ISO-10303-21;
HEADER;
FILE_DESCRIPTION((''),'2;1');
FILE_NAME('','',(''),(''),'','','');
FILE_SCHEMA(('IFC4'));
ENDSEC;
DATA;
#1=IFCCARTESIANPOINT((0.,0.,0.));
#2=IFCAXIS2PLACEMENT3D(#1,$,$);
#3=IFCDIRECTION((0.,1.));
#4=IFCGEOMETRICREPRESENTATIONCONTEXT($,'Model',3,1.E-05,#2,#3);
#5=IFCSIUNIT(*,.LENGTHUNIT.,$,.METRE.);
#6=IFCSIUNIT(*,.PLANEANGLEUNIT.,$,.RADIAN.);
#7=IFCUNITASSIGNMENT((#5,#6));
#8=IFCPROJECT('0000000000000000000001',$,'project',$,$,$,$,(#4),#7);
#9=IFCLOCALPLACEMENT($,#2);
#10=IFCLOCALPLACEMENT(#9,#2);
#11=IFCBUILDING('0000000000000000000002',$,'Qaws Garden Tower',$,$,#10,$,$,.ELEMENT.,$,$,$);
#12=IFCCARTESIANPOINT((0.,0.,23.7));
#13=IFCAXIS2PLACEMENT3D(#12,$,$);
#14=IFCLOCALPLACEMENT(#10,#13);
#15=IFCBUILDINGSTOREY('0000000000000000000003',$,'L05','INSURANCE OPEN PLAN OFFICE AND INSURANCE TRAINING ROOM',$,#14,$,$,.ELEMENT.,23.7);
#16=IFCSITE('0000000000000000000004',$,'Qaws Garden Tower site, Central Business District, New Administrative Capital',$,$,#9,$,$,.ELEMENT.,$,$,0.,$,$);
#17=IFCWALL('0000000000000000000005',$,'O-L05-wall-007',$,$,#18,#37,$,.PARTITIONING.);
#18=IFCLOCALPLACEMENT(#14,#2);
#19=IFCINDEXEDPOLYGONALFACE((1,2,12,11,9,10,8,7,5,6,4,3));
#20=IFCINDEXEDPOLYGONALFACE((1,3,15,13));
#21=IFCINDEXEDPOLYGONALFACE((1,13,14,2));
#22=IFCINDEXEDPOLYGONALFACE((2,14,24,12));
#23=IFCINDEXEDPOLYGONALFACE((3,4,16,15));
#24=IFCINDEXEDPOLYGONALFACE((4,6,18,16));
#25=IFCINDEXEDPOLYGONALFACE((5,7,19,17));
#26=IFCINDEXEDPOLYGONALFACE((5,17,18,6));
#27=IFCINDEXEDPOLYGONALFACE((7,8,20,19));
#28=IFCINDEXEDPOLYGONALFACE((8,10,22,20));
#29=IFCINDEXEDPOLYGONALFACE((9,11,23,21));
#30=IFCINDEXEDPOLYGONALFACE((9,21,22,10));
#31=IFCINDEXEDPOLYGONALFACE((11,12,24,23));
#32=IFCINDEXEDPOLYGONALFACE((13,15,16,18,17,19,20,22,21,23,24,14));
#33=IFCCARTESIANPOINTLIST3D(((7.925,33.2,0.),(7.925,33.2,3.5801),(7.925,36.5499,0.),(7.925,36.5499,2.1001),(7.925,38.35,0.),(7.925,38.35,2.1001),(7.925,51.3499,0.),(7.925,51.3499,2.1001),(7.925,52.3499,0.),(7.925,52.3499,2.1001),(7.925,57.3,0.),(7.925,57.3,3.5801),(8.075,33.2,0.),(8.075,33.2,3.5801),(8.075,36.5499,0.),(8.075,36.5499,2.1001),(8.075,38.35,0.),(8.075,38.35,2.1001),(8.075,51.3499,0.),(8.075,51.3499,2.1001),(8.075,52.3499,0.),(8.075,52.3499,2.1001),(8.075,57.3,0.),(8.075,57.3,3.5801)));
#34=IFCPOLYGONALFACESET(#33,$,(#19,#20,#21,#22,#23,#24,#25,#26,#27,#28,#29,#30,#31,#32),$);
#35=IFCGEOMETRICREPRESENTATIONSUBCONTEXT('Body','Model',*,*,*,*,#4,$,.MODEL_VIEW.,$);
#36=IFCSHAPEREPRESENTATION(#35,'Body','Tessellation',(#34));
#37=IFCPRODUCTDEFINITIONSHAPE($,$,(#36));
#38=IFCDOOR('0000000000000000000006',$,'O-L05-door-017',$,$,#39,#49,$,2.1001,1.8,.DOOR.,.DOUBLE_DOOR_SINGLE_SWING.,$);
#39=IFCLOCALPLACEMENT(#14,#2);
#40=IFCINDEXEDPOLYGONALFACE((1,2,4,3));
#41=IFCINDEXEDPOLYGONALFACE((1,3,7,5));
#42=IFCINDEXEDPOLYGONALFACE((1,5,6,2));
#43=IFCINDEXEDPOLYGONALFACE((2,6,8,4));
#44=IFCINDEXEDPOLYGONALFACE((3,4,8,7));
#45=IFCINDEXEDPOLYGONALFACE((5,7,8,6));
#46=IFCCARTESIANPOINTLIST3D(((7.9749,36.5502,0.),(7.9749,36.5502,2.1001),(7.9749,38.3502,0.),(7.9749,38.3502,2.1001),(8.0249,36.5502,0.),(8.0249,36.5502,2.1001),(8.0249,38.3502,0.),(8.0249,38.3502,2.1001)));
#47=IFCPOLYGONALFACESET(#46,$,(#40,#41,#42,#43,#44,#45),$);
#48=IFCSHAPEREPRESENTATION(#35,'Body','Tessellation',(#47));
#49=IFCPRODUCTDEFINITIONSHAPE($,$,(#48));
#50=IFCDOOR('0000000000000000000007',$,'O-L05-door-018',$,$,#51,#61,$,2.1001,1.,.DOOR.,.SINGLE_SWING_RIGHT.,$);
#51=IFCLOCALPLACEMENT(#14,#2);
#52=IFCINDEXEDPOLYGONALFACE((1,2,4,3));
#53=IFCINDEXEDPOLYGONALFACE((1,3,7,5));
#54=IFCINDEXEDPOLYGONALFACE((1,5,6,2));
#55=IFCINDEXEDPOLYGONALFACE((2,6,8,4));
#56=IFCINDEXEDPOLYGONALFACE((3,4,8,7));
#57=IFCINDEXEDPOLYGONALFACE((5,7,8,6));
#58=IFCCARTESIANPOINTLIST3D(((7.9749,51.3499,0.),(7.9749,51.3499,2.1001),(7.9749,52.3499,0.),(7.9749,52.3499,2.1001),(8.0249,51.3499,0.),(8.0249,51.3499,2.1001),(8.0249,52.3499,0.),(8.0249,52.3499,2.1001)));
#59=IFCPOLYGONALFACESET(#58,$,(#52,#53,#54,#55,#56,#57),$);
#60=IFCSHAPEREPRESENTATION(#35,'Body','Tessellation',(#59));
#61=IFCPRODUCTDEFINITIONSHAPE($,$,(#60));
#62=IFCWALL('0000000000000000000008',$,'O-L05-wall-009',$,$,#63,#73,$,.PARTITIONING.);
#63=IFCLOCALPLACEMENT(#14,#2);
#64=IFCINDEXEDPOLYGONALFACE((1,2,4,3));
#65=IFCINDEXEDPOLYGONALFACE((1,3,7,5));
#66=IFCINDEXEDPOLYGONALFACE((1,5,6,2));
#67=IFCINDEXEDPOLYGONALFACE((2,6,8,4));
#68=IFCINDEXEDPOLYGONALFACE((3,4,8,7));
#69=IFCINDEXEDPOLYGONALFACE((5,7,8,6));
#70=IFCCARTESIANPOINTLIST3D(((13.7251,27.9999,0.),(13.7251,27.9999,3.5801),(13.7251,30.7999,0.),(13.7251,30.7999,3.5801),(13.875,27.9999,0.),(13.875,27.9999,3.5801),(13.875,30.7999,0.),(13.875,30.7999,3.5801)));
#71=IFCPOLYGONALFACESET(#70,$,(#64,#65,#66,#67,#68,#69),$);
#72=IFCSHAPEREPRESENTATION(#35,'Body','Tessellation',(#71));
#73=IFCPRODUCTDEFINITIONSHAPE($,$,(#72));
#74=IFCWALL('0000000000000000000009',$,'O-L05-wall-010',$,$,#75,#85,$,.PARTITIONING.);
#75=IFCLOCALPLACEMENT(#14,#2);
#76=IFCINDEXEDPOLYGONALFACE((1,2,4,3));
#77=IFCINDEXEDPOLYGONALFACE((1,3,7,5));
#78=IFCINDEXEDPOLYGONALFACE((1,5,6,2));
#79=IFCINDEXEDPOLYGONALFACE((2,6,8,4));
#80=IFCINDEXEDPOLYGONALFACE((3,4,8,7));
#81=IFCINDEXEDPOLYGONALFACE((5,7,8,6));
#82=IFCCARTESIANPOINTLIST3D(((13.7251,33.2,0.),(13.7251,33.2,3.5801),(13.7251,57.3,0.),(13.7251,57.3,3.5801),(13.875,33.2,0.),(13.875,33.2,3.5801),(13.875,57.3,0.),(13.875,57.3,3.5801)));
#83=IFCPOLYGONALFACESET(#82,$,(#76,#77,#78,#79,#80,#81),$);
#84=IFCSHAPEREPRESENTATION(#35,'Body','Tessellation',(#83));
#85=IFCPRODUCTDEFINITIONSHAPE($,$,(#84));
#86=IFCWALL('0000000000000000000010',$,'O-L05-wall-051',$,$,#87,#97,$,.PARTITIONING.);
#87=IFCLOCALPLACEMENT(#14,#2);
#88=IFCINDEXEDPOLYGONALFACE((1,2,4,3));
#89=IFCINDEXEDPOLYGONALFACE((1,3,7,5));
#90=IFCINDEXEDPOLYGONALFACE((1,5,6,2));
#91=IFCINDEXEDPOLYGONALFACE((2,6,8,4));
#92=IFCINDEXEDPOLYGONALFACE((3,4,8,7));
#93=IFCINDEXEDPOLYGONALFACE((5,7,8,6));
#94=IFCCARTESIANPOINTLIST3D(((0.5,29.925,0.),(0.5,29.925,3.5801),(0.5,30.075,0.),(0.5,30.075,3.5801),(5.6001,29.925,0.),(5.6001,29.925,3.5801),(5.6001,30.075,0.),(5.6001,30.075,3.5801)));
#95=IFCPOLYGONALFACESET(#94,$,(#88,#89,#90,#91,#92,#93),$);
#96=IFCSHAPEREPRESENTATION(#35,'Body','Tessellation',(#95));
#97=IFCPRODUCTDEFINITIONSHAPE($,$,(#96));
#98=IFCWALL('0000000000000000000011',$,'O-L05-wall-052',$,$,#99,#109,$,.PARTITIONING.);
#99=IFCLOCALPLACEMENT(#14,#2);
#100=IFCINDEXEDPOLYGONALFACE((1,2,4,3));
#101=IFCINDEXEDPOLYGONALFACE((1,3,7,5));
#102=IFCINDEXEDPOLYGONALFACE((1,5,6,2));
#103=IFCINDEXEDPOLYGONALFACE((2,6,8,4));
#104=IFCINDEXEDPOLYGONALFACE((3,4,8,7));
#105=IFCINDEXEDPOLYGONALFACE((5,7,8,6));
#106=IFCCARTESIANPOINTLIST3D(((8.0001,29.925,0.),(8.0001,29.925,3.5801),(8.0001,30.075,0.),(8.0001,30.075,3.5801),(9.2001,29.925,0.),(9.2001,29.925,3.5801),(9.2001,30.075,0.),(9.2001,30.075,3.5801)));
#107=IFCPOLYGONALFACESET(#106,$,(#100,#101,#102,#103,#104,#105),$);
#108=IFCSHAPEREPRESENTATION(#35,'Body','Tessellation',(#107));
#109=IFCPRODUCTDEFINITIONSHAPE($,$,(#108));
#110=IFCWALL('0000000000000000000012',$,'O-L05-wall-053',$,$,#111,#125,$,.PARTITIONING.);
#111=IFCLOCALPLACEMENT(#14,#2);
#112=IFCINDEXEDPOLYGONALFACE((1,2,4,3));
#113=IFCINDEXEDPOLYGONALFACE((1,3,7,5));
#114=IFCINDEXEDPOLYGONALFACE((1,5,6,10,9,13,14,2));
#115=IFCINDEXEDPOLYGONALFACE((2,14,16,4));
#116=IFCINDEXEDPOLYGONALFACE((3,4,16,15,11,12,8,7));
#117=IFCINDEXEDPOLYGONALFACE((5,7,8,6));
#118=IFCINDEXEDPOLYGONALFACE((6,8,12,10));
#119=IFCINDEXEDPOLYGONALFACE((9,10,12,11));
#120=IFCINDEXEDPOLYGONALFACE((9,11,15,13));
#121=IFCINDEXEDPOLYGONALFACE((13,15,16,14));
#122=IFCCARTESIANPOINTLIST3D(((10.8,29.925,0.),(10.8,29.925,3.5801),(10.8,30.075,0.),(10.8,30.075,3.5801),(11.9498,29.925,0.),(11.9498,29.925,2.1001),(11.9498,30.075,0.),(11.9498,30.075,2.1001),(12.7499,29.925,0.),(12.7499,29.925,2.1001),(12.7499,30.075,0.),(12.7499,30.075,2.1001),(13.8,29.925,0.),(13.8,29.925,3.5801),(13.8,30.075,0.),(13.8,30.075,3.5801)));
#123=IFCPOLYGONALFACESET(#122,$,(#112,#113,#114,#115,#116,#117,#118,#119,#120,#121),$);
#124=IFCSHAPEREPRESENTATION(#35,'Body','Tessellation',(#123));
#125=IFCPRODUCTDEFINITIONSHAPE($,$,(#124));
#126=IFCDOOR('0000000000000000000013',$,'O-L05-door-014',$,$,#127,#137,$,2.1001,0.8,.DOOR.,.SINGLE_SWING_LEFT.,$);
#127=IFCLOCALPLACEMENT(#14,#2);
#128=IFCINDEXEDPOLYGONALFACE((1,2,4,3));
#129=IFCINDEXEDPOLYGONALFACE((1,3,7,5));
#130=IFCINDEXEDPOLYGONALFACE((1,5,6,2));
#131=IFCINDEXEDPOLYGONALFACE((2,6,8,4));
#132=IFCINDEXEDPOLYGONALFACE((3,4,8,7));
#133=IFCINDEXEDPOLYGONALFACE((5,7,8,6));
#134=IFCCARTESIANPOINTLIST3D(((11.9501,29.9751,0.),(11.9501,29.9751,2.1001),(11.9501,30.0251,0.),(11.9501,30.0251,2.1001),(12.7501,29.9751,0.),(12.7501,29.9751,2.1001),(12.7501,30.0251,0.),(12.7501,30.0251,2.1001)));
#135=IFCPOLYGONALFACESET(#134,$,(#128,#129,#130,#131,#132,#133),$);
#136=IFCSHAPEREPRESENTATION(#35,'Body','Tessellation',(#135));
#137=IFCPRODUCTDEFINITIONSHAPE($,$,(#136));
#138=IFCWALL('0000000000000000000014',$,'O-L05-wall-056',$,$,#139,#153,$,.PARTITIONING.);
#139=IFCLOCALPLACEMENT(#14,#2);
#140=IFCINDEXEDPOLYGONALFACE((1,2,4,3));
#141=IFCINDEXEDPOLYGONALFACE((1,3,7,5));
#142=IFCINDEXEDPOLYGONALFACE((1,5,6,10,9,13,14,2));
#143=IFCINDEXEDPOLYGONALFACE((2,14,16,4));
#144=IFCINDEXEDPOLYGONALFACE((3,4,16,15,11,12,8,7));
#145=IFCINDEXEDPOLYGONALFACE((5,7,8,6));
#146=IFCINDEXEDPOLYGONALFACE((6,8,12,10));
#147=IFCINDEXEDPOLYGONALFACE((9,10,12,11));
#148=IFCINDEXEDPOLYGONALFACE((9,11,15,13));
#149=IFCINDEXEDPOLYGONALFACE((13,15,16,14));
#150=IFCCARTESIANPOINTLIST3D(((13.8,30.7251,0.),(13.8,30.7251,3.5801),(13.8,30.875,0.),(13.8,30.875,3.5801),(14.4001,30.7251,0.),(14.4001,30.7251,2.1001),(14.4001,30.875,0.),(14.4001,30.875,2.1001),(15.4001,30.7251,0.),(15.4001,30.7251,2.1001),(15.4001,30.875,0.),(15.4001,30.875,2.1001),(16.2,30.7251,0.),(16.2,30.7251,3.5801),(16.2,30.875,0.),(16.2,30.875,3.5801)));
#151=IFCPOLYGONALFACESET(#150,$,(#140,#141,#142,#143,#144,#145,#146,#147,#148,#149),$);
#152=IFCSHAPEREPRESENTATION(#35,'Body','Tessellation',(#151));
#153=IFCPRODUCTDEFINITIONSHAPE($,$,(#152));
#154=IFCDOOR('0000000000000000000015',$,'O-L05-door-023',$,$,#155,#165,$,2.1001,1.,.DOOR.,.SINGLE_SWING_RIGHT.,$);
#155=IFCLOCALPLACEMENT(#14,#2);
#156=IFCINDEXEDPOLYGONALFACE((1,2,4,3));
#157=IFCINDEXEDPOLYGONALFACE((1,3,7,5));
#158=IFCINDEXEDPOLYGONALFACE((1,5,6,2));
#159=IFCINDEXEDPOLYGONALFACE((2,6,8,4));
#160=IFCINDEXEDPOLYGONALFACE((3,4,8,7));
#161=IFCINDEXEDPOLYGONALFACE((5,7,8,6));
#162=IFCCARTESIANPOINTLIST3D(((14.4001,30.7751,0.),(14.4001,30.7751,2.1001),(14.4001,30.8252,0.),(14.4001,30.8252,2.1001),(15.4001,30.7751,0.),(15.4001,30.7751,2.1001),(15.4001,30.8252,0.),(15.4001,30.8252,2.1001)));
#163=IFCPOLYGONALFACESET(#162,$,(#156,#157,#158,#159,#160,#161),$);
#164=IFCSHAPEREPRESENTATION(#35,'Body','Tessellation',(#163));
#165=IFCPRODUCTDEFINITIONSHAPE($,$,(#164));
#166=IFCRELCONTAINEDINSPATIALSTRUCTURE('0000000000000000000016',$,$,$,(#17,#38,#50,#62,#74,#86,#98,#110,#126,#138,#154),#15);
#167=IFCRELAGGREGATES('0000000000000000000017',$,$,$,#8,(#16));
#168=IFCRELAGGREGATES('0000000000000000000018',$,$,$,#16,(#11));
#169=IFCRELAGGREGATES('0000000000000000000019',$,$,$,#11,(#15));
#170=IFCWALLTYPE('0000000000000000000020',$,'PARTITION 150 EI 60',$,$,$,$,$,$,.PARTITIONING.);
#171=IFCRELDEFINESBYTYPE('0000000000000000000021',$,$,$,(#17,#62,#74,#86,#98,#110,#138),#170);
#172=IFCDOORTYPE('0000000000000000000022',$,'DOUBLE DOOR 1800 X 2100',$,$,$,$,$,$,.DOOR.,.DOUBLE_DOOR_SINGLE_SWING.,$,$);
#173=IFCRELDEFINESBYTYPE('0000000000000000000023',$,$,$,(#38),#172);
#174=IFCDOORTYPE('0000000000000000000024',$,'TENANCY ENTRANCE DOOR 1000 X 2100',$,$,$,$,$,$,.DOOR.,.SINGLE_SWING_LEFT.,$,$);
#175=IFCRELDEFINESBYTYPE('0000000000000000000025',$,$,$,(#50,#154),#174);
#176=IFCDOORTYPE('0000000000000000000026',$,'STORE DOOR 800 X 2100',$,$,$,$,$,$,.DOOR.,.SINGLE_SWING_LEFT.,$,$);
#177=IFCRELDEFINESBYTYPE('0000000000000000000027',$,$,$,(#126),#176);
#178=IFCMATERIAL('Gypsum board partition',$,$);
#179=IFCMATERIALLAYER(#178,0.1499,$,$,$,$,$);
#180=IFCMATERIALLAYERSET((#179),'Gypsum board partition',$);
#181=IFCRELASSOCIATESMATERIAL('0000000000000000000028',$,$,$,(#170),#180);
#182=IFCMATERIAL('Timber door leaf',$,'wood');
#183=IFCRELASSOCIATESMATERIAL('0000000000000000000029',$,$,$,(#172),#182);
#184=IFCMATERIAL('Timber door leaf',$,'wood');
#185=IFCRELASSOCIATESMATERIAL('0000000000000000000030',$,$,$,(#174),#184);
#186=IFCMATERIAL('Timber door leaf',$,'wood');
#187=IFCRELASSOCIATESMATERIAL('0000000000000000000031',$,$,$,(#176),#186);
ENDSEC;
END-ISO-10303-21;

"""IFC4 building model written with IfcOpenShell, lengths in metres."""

from ifc_helpers import new_model, si_unit, direction, frame, frame_2d, origin, place, context, subcontext, project, spatial, rectangle, extrude, material, layer, layer_set, type_object, element, fill, save


model = new_model("IFC4")

# Units and contexts
model_context = context("Model", 3, precision=1e-05, world=origin(), true_north=direction((0.0, 1.0)))
body_context = subcontext(model_context, "Body", "Model", "MODEL_VIEW")
ifc_project = project(units=[si_unit("LENGTHUNIT", "METRE"), si_unit("PLANEANGLEUNIT", "RADIAN")], contexts=[model_context])

# Site, building, storey
site_placement = place(None, origin())
site = spatial("IfcSite", under=ifc_project, at=site_placement, Name="Qaws Garden Tower site, Central Business District, New Administrative Capital", CompositionType="ELEMENT", RefElevation=0.0)
building_placement = place(site_placement, origin())
building = spatial("IfcBuilding", under=site, at=building_placement, Name="Qaws Garden Tower", CompositionType="ELEMENT")
storey_placement = place(building_placement, frame((0.0, 0.0, 23.7)))
storey = spatial("IfcBuildingStorey", under=building, at=storey_placement, Name="L05", Description="INSURANCE OPEN PLAN OFFICE AND INSURANCE TRAINING ROOM", CompositionType="ELEMENT", Elevation=23.7)

# Wall, openings, doors
ifc_material_1 = material(Name="Gypsum board partition")
ifc_layer_1 = layer(ifc_material_1, 0.1499)
ifc_layer_set_1 = layer_set([ifc_layer_1], Name="Gypsum board partition")
wall_type_1 = type_object("IfcWallType", Name="PARTITION 150 EI 60", PredefinedType="PARTITIONING", material=ifc_layer_set_1)
wall_1_placement = place(storey_placement, frame((8.0, 33.2, 0.0), z_axis=(0.0, 0.0, 1.0), x_axis=(0.0, 1.0, 0.0)))
wall_1 = element("IfcWall", 1, at=wall_1_placement, inside=storey, type_object=wall_type_1, Name="O-L05-wall-007", PredefinedType="PARTITIONING", context=body_context, shape_type="SweptSolid", body=[
    extrude(rectangle(XDim=24.1001, YDim=0.1499, at=frame_2d((12.05, 0.0))), origin(), (0.0, 0.0, 1.0), 3.5801),
])
opening_1_placement = place(wall_1_placement, frame((3.3501, 0.0, 0.0)))
opening_1 = element("IfcOpeningElement", 2, at=opening_1_placement, cuts=wall_1, PredefinedType="OPENING", context=body_context, shape_type="SweptSolid", body=[
    extrude(rectangle(XDim=1.8, YDim=2.1001, at=frame_2d((0.8999, 1.05))), frame((0.0, 0.085, 0.0), z_axis=(0.0, -1.0, 0.0), x_axis=(1.0, 0.0, 0.0)), (0.0, 0.0, 1.0), 0.1699),
])
opening_2_placement = place(wall_1_placement, frame((18.1499, 0.0, 0.0)))
opening_2 = element("IfcOpeningElement", 3, at=opening_2_placement, cuts=wall_1, PredefinedType="OPENING", context=body_context, shape_type="SweptSolid", body=[
    extrude(rectangle(XDim=1.0, YDim=2.1001, at=frame_2d((0.5, 1.05))), frame((0.0, 0.085, 0.0), z_axis=(0.0, -1.0, 0.0), x_axis=(1.0, 0.0, 0.0)), (0.0, 0.0, 1.0), 0.1699),
])
ifc_material_2 = material(Name="Timber door leaf", Category="wood")
door_type_1 = type_object("IfcDoorType", Name="DOUBLE DOOR 1800 X 2100", OperationType="DOUBLE_DOOR_SINGLE_SWING", PredefinedType="DOOR", material=ifc_material_2)
door_1_placement = place(opening_1_placement, frame((1.8, 0.0, 0.0), z_axis=(0.0, 0.0, 1.0), x_axis=(-1.0, 0.0, 0.0)))
door_1 = element("IfcDoor", 4, at=door_1_placement, inside=storey, type_object=door_type_1, Name="O-L05-door-017", OperationType="DOUBLE_DOOR_SINGLE_SWING", OverallHeight=2.1001, OverallWidth=1.8, PredefinedType="DOOR", context=body_context, shape_type="SweptSolid", body=[
    extrude(rectangle(XDim=1.8, YDim=2.1001, at=frame_2d((0.8999, 1.05))), frame((0.0, 0.0249, 0.0), z_axis=(0.0, -1.0, 0.0), x_axis=(1.0, 0.0, 0.0)), (0.0, 0.0, 1.0), 0.05),
])
fill(opening_1, door_1)
ifc_material_3 = material(Name="Timber door leaf", Category="wood")
door_type_2 = type_object("IfcDoorType", Name="TENANCY ENTRANCE DOOR 1000 X 2100", OperationType="SINGLE_SWING_LEFT", PredefinedType="DOOR", material=ifc_material_3)
door_2_placement = place(opening_2_placement, frame((1.0, 0.0, 0.0), z_axis=(0.0, 0.0, 1.0), x_axis=(-1.0, 0.0, 0.0)))
door_2 = element("IfcDoor", 5, at=door_2_placement, inside=storey, type_object=door_type_2, Name="O-L05-door-018", OperationType="SINGLE_SWING_RIGHT", OverallHeight=2.1001, OverallWidth=1.0, PredefinedType="DOOR", context=body_context, shape_type="SweptSolid", body=[
    extrude(rectangle(XDim=1.0, YDim=2.1001, at=frame_2d((0.5, 1.05))), frame((0.0, 0.0249, 0.0), z_axis=(0.0, -1.0, 0.0), x_axis=(1.0, 0.0, 0.0)), (0.0, 0.0, 1.0), 0.05),
])
fill(opening_2, door_2)

# Walls
wall_2_placement = place(storey_placement, frame((13.8, 28.0, 0.0), z_axis=(0.0, 0.0, 1.0), x_axis=(0.0, 1.0, 0.0)))
element("IfcWall", 6, at=wall_2_placement, inside=storey, type_object=wall_type_1, Name="O-L05-wall-009", PredefinedType="PARTITIONING", context=body_context, shape_type="SweptSolid", body=[
    extrude(rectangle(XDim=2.8, YDim=0.1499, at=frame_2d((1.3999, 0.0))), origin(), (0.0, 0.0, 1.0), 3.5801),
])
wall_3_placement = place(storey_placement, frame((13.8, 33.2, 0.0), z_axis=(0.0, 0.0, 1.0), x_axis=(0.0, 1.0, 0.0)))
element("IfcWall", 7, at=wall_3_placement, inside=storey, type_object=wall_type_1, Name="O-L05-wall-010", PredefinedType="PARTITIONING", context=body_context, shape_type="SweptSolid", body=[
    extrude(rectangle(XDim=24.1001, YDim=0.1499, at=frame_2d((12.05, 0.0))), origin(), (0.0, 0.0, 1.0), 3.5801),
])
wall_4_placement = place(storey_placement, frame((0.5, 30.0, 0.0), z_axis=(0.0, 0.0, 1.0), x_axis=(1.0, 0.0, 0.0)))
element("IfcWall", 8, at=wall_4_placement, inside=storey, type_object=wall_type_1, Name="O-L05-wall-051", PredefinedType="PARTITIONING", context=body_context, shape_type="SweptSolid", body=[
    extrude(rectangle(XDim=5.1001, YDim=0.1499, at=frame_2d((2.55, 0.0))), origin(), (0.0, 0.0, 1.0), 3.5801),
])
wall_5_placement = place(storey_placement, frame((8.0, 30.0, 0.0), z_axis=(0.0, 0.0, 1.0), x_axis=(1.0, 0.0, 0.0)))
element("IfcWall", 9, at=wall_5_placement, inside=storey, type_object=wall_type_1, Name="O-L05-wall-052", PredefinedType="PARTITIONING", context=body_context, shape_type="SweptSolid", body=[
    extrude(rectangle(XDim=1.2, YDim=0.1499, at=frame_2d((0.6001, 0.0))), origin(), (0.0, 0.0, 1.0), 3.5801),
])

# Walls, openings, doors
wall_6_placement = place(storey_placement, frame((10.8, 30.0, 0.0), z_axis=(0.0, 0.0, 1.0), x_axis=(1.0, 0.0, 0.0)))
wall_6 = element("IfcWall", 10, at=wall_6_placement, inside=storey, type_object=wall_type_1, Name="O-L05-wall-053", PredefinedType="PARTITIONING", context=body_context, shape_type="SweptSolid", body=[
    extrude(rectangle(XDim=3.0, YDim=0.1499, at=frame_2d((1.5, 0.0))), origin(), (0.0, 0.0, 1.0), 3.5801),
])
opening_3_placement = place(wall_6_placement, frame((1.1499, 0.0, 0.0)))
opening_3 = element("IfcOpeningElement", 11, at=opening_3_placement, cuts=wall_6, PredefinedType="OPENING", context=body_context, shape_type="SweptSolid", body=[
    extrude(rectangle(XDim=0.8, YDim=2.1001, at=frame_2d((0.3999, 1.05))), frame((0.0, 0.085, 0.0), z_axis=(0.0, -1.0, 0.0), x_axis=(1.0, 0.0, 0.0)), (0.0, 0.0, 1.0), 0.1699),
])
ifc_material_4 = material(Name="Timber door leaf", Category="wood")
door_type_3 = type_object("IfcDoorType", Name="STORE DOOR 800 X 2100", OperationType="SINGLE_SWING_LEFT", PredefinedType="DOOR", material=ifc_material_4)
door_3_placement = place(opening_3_placement, frame((0.8, 0.0, 0.0), z_axis=(0.0, 0.0, 1.0), x_axis=(-1.0, 0.0, 0.0)))
door_3 = element("IfcDoor", 12, at=door_3_placement, inside=storey, type_object=door_type_3, Name="O-L05-door-014", OperationType="SINGLE_SWING_LEFT", OverallHeight=2.1001, OverallWidth=0.8, PredefinedType="DOOR", context=body_context, shape_type="SweptSolid", body=[
    extrude(rectangle(XDim=0.8, YDim=2.1001, at=frame_2d((0.3999, 1.05))), frame((0.0, 0.0249, 0.0), z_axis=(0.0, -1.0, 0.0), x_axis=(1.0, 0.0, 0.0)), (0.0, 0.0, 1.0), 0.05),
])
fill(opening_3, door_3)
wall_7_placement = place(storey_placement, frame((13.8, 30.8, 0.0), z_axis=(0.0, 0.0, 1.0), x_axis=(1.0, 0.0, 0.0)))
wall_7 = element("IfcWall", 13, at=wall_7_placement, inside=storey, type_object=wall_type_1, Name="O-L05-wall-056", PredefinedType="PARTITIONING", context=body_context, shape_type="SweptSolid", body=[
    extrude(rectangle(XDim=2.3999, YDim=0.1499, at=frame_2d((1.2, 0.0))), origin(), (0.0, 0.0, 1.0), 3.5801),
])
opening_4_placement = place(wall_7_placement, frame((0.6001, 0.0, 0.0)))
opening_4 = element("IfcOpeningElement", 14, at=opening_4_placement, cuts=wall_7, PredefinedType="OPENING", context=body_context, shape_type="SweptSolid", body=[
    extrude(rectangle(XDim=1.0, YDim=2.1001, at=frame_2d((0.5, 1.05))), frame((0.0, 0.085, 0.0), z_axis=(0.0, -1.0, 0.0), x_axis=(1.0, 0.0, 0.0)), (0.0, 0.0, 1.0), 0.1699),
])
door_4_placement = place(opening_4_placement, frame((1.0, 0.0, 0.0), z_axis=(0.0, 0.0, 1.0), x_axis=(-1.0, 0.0, 0.0)))
door_4 = element("IfcDoor", 15, at=door_4_placement, inside=storey, type_object=door_type_2, Name="O-L05-door-023", OperationType="SINGLE_SWING_RIGHT", OverallHeight=2.1001, OverallWidth=1.0, PredefinedType="DOOR", context=body_context, shape_type="SweptSolid", body=[
    extrude(rectangle(XDim=1.0, YDim=2.1001, at=frame_2d((0.5, 1.05))), frame((0.0, 0.0249, 0.0), z_axis=(0.0, -1.0, 0.0), x_axis=(1.0, 0.0, 0.0)), (0.0, 0.0, 1.0), 0.05),
])
fill(opening_4, door_4)

save(model, "model.ifc")
